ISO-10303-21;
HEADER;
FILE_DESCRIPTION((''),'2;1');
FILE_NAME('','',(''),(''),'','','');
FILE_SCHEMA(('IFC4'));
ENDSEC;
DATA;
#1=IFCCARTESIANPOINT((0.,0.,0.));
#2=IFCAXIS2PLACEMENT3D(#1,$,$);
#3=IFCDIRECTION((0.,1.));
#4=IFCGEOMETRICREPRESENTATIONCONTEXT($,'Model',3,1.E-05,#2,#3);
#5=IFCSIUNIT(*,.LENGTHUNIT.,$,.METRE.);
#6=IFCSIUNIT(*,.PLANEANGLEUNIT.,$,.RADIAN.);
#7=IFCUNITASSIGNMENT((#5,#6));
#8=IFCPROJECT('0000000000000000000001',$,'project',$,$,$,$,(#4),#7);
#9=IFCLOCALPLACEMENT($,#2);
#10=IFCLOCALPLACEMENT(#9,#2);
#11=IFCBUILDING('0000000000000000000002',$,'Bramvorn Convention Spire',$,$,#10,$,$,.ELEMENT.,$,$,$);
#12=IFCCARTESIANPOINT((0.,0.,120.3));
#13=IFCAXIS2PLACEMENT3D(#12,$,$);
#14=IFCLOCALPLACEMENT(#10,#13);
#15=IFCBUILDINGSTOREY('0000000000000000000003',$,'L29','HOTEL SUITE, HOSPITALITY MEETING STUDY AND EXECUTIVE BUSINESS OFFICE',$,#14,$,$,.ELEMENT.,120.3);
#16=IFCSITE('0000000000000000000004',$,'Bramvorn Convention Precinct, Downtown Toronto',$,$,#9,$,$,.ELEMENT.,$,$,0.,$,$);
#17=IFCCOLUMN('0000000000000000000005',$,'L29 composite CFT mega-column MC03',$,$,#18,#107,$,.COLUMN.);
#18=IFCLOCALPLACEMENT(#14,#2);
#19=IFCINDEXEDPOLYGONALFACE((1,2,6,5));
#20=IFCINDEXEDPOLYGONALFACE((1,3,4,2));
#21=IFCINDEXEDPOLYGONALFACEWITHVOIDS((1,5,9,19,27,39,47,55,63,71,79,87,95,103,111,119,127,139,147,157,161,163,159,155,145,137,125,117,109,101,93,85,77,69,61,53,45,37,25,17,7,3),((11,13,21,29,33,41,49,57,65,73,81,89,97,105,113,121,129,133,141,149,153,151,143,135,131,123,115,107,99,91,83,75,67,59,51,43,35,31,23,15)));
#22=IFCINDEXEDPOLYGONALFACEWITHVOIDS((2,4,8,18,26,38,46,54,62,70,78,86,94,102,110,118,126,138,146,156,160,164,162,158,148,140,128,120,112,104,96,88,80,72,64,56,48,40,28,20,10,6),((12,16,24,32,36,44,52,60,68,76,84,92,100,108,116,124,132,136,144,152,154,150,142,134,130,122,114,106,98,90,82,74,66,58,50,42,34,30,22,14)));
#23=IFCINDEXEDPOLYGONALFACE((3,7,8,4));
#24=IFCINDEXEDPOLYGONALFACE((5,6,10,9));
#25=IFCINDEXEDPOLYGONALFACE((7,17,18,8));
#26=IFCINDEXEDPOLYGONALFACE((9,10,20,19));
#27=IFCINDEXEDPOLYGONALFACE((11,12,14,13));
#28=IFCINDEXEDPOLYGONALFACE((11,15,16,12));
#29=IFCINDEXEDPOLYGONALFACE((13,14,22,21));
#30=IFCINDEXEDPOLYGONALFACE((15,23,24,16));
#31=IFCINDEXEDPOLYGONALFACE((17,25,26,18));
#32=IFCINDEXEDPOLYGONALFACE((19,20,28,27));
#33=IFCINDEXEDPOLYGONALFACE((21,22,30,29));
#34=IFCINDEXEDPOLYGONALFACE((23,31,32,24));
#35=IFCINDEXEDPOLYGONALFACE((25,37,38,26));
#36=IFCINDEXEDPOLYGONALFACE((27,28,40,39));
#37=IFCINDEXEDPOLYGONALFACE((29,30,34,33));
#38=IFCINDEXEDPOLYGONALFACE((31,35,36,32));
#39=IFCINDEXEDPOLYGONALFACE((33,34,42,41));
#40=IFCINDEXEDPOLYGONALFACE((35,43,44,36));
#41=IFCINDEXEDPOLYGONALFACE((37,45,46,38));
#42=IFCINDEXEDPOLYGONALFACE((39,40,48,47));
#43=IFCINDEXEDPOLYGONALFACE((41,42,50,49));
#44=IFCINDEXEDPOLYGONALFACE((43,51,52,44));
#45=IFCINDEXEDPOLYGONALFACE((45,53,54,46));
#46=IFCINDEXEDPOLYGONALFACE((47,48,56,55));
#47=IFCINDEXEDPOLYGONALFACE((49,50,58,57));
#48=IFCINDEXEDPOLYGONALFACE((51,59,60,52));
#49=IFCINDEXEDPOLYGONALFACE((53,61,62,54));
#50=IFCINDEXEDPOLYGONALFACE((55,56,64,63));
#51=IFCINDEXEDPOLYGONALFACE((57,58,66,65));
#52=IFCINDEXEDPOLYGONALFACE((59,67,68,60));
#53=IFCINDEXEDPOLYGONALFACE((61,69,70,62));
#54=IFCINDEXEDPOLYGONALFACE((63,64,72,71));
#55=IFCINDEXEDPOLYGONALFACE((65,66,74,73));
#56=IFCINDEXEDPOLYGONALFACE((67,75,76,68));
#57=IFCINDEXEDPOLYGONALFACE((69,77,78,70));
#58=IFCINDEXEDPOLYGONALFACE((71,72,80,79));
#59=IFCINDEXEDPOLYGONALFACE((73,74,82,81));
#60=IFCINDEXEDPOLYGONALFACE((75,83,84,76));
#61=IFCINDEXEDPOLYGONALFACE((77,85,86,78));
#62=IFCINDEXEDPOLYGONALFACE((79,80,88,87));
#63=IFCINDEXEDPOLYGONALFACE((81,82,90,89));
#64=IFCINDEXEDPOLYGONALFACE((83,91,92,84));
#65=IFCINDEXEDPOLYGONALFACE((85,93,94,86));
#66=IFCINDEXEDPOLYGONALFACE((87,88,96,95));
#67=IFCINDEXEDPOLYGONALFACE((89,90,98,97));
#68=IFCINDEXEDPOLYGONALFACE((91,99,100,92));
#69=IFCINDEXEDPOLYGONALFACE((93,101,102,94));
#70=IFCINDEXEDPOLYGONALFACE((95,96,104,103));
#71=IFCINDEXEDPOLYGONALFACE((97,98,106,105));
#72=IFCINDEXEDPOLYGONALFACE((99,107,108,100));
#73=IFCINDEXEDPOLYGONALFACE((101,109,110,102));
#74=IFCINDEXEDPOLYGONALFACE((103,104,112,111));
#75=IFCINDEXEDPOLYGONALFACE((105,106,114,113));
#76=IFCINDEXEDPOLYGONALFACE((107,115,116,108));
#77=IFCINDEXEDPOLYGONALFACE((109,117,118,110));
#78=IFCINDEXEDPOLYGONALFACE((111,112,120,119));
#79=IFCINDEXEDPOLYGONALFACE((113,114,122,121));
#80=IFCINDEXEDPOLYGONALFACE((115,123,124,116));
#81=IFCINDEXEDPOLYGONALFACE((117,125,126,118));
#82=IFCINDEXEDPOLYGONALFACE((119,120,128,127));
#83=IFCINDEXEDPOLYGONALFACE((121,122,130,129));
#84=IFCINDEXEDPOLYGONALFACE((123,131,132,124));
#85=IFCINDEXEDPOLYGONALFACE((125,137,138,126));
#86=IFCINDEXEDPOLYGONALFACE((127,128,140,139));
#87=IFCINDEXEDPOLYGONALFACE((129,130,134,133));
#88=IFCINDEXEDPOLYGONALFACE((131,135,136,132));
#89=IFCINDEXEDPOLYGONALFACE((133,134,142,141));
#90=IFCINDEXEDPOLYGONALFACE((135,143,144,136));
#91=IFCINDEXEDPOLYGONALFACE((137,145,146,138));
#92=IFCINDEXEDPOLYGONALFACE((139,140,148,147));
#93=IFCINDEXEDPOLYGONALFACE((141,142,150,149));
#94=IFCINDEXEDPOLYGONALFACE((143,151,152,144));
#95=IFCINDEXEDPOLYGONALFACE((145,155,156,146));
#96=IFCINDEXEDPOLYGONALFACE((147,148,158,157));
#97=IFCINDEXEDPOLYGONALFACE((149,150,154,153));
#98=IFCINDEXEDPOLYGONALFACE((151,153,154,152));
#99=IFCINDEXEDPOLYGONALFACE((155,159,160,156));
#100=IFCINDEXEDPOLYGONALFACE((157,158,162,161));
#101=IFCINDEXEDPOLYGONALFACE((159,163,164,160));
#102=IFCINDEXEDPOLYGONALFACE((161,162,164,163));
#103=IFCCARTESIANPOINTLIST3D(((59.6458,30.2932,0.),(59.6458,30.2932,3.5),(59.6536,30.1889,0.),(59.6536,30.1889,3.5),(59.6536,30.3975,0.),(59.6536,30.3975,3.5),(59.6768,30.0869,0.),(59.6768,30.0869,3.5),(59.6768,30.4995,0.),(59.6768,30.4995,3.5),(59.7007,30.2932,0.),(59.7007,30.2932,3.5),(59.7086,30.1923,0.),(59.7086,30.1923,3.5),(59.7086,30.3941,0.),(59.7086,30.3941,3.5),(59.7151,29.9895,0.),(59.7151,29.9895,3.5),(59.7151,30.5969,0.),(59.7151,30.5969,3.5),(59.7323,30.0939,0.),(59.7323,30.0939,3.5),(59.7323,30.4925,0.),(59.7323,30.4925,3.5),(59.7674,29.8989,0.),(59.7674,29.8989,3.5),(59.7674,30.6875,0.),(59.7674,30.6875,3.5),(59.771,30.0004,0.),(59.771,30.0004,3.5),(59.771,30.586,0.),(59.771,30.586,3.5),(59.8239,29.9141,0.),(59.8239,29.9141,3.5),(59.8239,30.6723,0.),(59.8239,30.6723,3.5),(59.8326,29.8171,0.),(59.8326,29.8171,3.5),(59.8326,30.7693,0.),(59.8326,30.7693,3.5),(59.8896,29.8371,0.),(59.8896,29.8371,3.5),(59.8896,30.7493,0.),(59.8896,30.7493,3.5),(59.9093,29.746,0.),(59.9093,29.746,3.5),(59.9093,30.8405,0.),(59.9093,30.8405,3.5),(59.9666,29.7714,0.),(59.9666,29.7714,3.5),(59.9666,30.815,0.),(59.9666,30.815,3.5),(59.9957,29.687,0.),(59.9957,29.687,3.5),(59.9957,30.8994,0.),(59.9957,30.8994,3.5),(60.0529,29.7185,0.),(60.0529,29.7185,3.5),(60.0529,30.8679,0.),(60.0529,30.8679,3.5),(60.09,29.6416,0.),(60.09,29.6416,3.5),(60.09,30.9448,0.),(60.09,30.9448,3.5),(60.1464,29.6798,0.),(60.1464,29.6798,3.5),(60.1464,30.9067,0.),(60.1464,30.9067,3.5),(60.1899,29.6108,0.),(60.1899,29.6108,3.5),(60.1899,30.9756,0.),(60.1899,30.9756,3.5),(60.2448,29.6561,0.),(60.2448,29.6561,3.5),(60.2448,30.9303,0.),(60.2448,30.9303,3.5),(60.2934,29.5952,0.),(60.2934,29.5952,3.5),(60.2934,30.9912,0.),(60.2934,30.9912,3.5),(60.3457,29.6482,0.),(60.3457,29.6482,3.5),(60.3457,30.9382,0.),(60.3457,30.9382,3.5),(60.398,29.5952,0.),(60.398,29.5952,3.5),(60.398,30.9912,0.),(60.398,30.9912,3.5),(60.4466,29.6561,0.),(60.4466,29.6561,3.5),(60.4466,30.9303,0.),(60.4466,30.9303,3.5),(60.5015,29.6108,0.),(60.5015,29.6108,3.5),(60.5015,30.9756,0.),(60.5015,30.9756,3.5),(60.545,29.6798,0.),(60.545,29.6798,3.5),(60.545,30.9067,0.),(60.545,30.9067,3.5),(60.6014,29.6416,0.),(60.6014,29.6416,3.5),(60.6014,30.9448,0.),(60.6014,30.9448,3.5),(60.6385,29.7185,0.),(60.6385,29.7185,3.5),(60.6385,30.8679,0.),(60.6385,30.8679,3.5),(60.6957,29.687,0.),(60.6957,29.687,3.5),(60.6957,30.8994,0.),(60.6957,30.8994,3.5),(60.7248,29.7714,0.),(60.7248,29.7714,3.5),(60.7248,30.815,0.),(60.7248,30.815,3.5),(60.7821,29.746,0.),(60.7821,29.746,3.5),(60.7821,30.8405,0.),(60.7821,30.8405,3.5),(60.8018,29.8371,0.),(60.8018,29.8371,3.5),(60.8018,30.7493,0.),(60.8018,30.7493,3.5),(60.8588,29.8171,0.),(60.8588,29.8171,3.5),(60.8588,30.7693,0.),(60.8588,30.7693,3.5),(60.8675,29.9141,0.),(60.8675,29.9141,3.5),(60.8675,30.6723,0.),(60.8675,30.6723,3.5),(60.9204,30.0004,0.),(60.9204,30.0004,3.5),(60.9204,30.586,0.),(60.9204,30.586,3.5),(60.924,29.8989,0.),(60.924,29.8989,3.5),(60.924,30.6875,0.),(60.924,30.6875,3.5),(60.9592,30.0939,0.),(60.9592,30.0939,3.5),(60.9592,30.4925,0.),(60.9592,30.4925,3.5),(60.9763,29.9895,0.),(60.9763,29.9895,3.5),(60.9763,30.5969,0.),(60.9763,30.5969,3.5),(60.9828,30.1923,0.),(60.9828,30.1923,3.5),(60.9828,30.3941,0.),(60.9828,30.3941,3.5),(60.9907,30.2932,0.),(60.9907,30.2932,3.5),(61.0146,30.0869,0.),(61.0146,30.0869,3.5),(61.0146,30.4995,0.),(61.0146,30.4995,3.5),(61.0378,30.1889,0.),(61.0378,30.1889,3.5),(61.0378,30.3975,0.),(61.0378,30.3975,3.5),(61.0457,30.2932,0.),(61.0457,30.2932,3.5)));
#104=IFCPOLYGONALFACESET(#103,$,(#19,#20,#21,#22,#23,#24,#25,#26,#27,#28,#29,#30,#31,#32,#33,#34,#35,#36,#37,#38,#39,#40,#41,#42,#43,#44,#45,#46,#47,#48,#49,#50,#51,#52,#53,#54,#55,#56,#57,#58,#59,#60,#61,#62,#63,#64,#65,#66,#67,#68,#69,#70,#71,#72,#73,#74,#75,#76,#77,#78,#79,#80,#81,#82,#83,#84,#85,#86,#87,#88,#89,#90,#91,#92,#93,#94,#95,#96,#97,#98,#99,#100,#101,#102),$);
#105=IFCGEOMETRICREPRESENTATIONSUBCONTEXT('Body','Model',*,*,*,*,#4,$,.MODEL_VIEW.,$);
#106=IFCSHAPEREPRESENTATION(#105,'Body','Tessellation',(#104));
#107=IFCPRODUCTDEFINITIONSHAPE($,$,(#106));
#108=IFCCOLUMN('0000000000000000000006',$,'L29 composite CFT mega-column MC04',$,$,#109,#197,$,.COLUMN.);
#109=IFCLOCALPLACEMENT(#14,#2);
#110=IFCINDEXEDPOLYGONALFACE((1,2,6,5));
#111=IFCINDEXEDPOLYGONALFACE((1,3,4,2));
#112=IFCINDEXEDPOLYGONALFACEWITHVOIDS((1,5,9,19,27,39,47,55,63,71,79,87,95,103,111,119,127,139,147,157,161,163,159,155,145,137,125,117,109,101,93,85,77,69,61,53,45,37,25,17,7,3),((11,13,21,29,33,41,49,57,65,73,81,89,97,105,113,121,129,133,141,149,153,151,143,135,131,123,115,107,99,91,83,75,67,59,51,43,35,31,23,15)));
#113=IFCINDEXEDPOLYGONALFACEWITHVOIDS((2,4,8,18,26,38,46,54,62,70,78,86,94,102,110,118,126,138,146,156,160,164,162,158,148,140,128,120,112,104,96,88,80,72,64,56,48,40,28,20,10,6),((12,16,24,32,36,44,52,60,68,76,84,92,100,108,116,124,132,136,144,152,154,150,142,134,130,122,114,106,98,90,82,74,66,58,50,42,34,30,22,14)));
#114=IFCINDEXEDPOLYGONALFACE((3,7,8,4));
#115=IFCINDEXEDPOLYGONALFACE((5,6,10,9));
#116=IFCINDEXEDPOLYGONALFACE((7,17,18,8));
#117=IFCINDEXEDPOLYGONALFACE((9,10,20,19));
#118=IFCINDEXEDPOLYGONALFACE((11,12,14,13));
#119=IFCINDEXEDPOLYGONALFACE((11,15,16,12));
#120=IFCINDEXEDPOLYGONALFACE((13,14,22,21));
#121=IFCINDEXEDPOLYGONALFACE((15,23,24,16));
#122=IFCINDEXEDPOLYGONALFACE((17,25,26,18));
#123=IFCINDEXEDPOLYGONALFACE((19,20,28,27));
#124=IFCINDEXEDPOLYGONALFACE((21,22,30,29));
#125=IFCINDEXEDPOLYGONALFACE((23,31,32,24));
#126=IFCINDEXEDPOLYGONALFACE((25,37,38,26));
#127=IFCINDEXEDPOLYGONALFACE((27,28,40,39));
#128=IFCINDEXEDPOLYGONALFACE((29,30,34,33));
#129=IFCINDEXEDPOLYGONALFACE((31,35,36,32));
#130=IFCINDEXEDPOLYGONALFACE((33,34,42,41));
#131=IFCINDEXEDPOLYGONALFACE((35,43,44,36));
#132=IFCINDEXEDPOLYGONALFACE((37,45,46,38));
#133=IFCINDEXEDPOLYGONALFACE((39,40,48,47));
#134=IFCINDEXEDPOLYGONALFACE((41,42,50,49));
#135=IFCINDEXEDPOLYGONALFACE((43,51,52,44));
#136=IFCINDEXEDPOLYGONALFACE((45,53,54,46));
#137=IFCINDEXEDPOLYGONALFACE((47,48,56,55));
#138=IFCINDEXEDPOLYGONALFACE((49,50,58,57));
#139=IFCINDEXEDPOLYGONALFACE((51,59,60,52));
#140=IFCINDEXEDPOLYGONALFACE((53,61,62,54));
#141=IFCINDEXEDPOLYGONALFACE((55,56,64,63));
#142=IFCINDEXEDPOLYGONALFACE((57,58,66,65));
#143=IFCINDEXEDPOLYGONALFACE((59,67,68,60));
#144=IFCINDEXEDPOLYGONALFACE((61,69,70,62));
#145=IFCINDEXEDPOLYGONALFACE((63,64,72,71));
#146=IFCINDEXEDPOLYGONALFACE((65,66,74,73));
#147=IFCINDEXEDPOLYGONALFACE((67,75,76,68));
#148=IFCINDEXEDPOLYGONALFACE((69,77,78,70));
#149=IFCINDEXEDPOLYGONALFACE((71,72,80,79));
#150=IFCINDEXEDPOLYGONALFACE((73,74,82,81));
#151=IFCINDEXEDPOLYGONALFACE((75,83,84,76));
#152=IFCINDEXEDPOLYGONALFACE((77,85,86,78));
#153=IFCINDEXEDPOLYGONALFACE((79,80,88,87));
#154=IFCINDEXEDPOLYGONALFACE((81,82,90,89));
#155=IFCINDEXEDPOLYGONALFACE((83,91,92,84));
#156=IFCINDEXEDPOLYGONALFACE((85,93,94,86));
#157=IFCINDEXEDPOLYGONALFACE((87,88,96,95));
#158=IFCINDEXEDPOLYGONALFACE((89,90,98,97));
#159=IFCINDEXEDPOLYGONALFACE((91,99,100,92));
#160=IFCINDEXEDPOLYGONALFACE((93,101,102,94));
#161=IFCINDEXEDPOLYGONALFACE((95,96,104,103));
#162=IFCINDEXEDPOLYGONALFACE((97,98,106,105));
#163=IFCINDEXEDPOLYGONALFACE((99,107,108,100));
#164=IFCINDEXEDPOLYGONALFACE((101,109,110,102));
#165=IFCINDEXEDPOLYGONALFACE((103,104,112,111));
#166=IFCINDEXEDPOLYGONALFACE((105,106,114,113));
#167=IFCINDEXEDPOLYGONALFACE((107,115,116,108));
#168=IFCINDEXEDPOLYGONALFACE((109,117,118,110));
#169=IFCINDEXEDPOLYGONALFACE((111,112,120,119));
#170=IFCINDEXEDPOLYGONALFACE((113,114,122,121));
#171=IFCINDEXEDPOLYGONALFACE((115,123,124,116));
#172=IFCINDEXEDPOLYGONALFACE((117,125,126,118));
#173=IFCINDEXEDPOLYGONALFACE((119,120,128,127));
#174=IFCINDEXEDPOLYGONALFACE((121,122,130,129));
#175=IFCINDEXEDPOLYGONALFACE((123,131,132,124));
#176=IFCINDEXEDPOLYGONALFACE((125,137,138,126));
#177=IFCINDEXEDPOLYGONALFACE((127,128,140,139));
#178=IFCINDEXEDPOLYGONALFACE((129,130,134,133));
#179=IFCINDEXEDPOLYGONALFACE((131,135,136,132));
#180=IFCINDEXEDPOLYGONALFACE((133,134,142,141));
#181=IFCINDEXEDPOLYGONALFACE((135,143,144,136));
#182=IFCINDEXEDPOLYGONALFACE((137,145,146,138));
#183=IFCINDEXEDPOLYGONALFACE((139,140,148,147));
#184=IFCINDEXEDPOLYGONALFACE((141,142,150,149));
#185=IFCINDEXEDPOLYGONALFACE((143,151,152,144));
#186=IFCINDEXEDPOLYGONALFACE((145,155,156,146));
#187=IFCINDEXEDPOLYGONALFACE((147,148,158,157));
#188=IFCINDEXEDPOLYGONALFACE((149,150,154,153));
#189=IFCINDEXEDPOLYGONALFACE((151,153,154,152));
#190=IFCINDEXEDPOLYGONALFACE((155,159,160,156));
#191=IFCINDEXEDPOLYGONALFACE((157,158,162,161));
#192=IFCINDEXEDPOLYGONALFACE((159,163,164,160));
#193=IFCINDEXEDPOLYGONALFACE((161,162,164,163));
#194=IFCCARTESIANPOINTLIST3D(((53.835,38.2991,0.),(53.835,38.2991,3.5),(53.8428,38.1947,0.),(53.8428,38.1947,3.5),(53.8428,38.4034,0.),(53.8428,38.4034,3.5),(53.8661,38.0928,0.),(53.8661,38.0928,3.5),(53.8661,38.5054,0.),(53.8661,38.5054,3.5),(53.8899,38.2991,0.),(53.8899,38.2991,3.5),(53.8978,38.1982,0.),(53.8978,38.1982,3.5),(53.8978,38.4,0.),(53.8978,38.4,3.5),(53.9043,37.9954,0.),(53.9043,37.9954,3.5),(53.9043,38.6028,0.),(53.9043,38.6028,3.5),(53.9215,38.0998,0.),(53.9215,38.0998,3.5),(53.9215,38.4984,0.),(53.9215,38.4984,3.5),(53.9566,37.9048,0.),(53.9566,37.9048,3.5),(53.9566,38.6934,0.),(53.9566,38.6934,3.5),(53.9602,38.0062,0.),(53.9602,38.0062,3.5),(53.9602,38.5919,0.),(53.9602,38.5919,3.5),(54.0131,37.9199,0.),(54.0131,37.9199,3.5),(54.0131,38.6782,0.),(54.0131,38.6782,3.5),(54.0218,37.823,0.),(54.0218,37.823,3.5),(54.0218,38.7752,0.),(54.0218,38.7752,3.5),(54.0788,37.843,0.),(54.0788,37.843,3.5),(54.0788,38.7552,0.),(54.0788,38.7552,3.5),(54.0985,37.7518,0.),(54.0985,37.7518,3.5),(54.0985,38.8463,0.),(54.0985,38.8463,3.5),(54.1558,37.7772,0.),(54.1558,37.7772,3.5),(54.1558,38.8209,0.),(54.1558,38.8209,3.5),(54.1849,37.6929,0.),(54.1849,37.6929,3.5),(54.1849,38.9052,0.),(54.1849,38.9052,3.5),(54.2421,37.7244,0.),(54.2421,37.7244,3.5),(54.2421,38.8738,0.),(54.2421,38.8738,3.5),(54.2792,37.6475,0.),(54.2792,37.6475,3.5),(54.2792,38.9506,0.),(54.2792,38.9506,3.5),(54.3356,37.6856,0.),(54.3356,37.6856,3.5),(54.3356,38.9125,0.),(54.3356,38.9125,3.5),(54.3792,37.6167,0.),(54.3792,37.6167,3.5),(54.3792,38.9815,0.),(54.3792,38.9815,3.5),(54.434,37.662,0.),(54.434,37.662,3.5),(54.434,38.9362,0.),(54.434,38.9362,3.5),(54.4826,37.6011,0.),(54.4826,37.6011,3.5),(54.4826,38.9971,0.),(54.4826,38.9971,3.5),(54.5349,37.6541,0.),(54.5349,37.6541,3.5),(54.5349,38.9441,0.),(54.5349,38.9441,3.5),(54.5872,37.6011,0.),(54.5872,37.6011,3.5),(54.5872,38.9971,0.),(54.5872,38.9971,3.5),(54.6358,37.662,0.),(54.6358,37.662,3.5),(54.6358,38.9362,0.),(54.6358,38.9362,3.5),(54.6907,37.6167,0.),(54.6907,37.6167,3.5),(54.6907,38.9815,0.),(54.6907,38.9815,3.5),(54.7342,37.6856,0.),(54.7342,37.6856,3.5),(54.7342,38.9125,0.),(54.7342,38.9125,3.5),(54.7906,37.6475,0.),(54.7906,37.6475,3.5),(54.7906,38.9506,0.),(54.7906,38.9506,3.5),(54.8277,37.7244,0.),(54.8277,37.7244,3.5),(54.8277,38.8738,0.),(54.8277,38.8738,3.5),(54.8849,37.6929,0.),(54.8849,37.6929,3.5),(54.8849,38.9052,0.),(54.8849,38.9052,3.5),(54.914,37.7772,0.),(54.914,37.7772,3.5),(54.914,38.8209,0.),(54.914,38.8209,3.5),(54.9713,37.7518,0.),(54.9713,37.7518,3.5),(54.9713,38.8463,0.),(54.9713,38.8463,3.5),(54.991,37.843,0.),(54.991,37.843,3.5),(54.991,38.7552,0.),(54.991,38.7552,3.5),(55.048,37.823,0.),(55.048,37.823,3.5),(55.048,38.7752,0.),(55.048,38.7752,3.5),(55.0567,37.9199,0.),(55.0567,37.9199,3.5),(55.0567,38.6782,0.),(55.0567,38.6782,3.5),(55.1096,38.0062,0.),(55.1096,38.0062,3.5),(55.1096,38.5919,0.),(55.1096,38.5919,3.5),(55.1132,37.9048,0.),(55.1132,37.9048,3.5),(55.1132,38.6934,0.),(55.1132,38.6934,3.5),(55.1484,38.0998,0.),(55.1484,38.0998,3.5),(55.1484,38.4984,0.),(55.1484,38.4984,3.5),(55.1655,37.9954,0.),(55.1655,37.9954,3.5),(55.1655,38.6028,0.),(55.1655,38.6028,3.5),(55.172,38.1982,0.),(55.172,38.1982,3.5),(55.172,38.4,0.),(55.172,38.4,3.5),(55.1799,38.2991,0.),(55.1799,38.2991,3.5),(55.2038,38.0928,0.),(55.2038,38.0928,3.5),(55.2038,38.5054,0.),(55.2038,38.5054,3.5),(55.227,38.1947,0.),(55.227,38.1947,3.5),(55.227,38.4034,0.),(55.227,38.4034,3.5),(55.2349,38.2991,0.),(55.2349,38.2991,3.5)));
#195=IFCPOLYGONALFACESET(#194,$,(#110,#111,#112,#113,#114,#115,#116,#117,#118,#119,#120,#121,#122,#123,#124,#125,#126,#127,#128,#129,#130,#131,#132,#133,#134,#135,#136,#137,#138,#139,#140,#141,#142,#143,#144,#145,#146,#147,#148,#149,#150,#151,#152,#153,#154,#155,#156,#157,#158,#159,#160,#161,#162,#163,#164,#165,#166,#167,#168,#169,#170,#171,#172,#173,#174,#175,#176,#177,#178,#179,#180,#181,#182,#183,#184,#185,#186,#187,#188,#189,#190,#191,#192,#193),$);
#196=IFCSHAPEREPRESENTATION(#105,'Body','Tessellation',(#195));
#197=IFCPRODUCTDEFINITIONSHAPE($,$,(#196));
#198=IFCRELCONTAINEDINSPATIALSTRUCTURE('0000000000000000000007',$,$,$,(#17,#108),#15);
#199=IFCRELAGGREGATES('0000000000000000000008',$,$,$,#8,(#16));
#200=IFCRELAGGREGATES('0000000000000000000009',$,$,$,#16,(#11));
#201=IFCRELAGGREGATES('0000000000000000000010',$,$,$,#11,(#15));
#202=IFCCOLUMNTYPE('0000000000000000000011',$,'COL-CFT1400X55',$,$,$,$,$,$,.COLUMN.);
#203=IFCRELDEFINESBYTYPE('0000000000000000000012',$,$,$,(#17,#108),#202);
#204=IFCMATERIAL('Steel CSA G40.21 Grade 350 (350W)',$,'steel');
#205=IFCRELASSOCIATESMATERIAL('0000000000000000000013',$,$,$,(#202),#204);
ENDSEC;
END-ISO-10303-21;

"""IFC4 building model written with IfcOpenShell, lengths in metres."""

from ifc_helpers import new_model, si_unit, direction, frame, origin, origin_2d, place, context, subcontext, project, spatial, hollow_circle, extrude, material, material_profile, profile_set, type_object, element, save


model = new_model("IFC4")

# Units and contexts
model_context = context("Model", 3, precision=1e-05, world=origin(), true_north=direction((0.0, 1.0)))
body_context = subcontext(model_context, "Body", "Model", "MODEL_VIEW")
ifc_project = project(units=[si_unit("LENGTHUNIT", "METRE"), si_unit("PLANEANGLEUNIT", "RADIAN")], contexts=[model_context])

# Site, building, storey
site_placement = place(None, origin())
site = spatial("IfcSite", under=ifc_project, at=site_placement, Name="Bramvorn Convention Precinct, Downtown Toronto", CompositionType="ELEMENT", RefElevation=0.0)
building_placement = place(site_placement, origin())
building = spatial("IfcBuilding", under=site, at=building_placement, Name="Bramvorn Convention Spire", CompositionType="ELEMENT")
storey_placement = place(building_placement, frame((0.0, 0.0, 120.3)))
storey = spatial("IfcBuildingStorey", under=building, at=storey_placement, Name="L29", Description="HOTEL SUITE, HOSPITALITY MEETING STUDY AND EXECUTIVE BUSINESS OFFICE", CompositionType="ELEMENT", Elevation=120.3)

# Columns
ifc_material_1 = material(Name="Steel CSA G40.21 Grade 350 (350W)", Category="steel")
ifc_material_profile_1 = material_profile(ifc_material_1, hollow_circle(Radius=0.7, WallThickness=0.0549, at=origin_2d()))
ifc_profile_set_1 = profile_set([ifc_material_profile_1], Name="Steel CSA G40.21 Grade 350 (350W) - CFT1400X55")
column_type = type_object("IfcColumnType", Name="COL-CFT1400X55", PredefinedType="COLUMN", material=ifc_profile_set_1)
for number, where, z_axis, x_axis, name in (
    (1, (60.3457, 30.2932, 0.0), (0.0, 0.0, 1.0), (1.0, 0.0, 0.0), "L29 composite CFT mega-column MC03"),
    (2, (54.5349, 38.2991, 0.0), (0.0, 0.0, 1.0), (1.0, 0.0, 0.0), "L29 composite CFT mega-column MC04"),
):
    element("IfcColumn", number, at=place(storey_placement, frame(where, z_axis=z_axis, x_axis=x_axis)), inside=storey, type_object=column_type, Name=name, PredefinedType="COLUMN", context=body_context, shape_type="SweptSolid", body=[
        extrude(hollow_circle(Radius=0.7, WallThickness=0.0549, at=origin_2d()), origin(), (0.0, 0.0, 1.0), 3.5),
    ])

save(model, "model.ifc")
